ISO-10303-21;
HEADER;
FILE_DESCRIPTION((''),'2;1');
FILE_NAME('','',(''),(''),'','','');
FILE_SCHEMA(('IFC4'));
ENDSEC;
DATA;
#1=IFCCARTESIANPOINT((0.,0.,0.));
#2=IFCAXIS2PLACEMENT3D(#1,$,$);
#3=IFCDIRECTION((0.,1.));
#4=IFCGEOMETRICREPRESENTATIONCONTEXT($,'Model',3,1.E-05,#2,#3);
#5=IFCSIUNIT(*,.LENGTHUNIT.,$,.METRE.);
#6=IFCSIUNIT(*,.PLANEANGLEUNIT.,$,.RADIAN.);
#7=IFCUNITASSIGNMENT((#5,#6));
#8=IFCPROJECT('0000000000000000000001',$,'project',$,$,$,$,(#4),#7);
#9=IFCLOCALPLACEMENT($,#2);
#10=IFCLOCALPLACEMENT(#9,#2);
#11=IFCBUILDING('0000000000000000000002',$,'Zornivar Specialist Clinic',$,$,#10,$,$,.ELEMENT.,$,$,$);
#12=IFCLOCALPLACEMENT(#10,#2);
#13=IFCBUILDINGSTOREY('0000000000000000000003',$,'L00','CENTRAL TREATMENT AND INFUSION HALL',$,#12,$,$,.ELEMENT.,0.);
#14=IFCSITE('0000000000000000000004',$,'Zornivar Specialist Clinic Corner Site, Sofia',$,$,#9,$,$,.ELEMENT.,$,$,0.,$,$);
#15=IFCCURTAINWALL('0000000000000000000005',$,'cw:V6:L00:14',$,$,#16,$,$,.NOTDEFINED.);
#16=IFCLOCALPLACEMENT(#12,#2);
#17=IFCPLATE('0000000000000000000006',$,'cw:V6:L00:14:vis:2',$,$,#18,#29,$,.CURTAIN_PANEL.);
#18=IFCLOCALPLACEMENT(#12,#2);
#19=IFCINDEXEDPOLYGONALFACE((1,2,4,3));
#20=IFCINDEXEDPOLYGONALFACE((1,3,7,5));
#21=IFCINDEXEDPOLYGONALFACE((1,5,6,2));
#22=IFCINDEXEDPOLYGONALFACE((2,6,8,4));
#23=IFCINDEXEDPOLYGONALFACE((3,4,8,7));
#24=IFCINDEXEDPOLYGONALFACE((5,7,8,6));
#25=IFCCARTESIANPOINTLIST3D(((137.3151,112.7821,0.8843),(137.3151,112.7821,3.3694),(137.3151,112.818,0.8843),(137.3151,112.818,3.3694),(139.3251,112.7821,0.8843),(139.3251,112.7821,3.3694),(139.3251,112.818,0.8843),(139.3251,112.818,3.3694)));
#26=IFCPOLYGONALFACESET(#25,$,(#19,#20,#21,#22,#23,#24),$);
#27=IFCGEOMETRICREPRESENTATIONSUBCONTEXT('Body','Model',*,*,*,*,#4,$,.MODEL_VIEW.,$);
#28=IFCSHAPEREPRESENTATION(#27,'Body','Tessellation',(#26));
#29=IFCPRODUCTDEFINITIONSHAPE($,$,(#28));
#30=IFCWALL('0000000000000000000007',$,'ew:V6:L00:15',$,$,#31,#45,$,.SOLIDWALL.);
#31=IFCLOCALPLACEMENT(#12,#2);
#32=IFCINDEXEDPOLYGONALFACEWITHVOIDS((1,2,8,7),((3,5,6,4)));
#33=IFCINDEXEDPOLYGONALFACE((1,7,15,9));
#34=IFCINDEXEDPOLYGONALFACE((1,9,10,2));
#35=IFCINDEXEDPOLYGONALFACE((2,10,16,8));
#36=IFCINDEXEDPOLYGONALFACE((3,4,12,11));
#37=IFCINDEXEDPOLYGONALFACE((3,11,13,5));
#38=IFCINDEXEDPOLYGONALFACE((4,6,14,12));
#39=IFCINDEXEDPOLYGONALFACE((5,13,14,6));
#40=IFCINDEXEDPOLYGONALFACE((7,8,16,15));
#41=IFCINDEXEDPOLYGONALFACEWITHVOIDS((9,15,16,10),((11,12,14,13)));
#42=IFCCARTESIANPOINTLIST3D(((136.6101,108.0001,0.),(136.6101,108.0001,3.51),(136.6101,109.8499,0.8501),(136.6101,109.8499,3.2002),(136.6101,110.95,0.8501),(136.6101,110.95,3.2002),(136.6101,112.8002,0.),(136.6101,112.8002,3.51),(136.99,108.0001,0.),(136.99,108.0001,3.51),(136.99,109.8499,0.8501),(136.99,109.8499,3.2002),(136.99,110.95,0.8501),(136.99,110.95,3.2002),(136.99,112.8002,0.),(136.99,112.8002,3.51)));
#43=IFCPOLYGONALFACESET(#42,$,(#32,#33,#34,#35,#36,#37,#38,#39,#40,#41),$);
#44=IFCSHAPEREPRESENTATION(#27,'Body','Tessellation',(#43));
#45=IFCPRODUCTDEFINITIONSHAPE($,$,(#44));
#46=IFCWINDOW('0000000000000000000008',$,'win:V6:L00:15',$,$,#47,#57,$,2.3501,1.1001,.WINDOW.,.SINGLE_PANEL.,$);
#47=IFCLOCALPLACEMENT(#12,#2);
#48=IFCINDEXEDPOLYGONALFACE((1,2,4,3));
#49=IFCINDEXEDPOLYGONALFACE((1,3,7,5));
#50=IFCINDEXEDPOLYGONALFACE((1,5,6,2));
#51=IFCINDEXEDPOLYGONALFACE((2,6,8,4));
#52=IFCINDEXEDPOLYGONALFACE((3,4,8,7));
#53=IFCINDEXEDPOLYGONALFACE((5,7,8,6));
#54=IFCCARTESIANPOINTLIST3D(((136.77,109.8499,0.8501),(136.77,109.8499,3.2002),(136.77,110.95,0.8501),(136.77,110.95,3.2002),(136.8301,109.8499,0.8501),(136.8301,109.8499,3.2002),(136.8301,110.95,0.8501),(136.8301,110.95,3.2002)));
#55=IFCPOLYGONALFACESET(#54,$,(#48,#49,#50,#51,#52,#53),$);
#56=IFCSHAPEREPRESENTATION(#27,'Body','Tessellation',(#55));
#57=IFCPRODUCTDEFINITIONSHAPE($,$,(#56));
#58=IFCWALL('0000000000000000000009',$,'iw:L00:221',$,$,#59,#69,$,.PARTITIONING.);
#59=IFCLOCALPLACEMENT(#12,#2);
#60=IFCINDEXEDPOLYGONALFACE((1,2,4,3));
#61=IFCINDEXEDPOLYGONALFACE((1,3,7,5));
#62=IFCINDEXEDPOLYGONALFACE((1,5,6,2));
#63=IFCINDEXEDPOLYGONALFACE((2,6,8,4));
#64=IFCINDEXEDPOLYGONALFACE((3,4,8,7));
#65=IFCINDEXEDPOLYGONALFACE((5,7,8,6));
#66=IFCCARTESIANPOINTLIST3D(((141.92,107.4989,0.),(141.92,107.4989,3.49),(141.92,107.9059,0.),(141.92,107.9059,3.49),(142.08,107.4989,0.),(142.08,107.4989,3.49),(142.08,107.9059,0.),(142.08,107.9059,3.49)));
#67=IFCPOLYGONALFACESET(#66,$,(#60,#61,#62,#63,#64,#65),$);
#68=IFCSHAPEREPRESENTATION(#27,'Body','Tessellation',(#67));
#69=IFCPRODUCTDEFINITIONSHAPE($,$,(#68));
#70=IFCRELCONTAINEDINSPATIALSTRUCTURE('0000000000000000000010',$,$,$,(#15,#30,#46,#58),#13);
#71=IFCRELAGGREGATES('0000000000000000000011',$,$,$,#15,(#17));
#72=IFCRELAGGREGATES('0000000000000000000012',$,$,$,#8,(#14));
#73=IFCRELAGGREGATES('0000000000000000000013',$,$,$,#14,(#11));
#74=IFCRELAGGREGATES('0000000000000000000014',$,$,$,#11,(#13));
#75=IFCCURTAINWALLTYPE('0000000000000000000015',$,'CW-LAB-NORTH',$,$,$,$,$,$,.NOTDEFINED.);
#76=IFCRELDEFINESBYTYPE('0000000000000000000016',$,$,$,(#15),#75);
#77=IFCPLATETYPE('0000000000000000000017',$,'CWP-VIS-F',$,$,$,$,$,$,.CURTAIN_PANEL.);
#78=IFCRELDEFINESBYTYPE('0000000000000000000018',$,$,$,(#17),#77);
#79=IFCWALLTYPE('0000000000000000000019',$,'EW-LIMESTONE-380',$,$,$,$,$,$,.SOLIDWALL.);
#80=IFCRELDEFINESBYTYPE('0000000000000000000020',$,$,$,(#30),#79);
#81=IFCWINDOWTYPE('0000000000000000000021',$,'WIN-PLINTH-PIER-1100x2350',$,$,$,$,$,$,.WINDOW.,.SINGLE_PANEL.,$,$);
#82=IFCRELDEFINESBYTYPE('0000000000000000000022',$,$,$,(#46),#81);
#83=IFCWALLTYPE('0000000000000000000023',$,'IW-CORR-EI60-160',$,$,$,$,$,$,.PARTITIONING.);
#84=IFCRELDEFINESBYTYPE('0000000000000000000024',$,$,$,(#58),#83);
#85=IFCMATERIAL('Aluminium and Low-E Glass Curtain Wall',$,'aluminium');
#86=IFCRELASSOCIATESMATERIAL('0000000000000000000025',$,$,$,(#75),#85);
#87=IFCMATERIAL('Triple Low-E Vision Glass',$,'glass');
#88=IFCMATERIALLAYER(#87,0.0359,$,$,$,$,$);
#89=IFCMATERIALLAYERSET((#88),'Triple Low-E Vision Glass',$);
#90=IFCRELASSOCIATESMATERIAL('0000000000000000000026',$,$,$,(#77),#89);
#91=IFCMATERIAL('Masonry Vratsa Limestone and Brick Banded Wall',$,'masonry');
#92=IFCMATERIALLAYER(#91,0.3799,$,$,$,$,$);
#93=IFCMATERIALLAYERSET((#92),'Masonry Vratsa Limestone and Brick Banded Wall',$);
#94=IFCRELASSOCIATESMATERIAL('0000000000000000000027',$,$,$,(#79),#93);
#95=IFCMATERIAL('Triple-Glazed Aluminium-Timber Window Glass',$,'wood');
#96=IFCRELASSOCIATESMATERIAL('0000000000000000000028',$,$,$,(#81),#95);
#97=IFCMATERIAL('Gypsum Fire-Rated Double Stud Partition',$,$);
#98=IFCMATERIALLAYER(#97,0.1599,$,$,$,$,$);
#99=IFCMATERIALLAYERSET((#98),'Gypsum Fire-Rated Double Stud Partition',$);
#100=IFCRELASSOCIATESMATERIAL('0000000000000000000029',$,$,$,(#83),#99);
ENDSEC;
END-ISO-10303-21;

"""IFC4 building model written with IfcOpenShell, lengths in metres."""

from ifc_helpers import new_model, si_unit, direction, frame, frame_2d, origin, origin_2d, place, context, subcontext, project, spatial, rectangle, extrude, material, layer, layer_set, type_object, element, fill, aggregate, save


model = new_model("IFC4")

# Units and contexts
model_context = context("Model", 3, precision=1e-05, world=origin(), true_north=direction((0.0, 1.0)))
body_context = subcontext(model_context, "Body", "Model", "MODEL_VIEW")
ifc_project = project(units=[si_unit("LENGTHUNIT", "METRE"), si_unit("PLANEANGLEUNIT", "RADIAN")], contexts=[model_context])

# Site, building, storey
site_placement = place(None, origin())
site = spatial("IfcSite", under=ifc_project, at=site_placement, Name="Zornivar Specialist Clinic Corner Site, Sofia", CompositionType="ELEMENT", RefElevation=0.0)
building_placement = place(site_placement, origin())
building = spatial("IfcBuilding", under=site, at=building_placement, Name="Zornivar Specialist Clinic", CompositionType="ELEMENT")
storey_placement = place(building_placement, origin())
storey = spatial("IfcBuildingStorey", under=building, at=storey_placement, Name="L00", Description="CENTRAL TREATMENT AND INFUSION HALL", CompositionType="ELEMENT", Elevation=0.0)

# Curtain wall
ifc_material_1 = material(Name="Aluminium and Low-E Glass Curtain Wall", Category="aluminium")
curtain_wall_type = type_object("IfcCurtainWallType", Name="CW-LAB-NORTH", PredefinedType="NOTDEFINED", material=ifc_material_1)
curtain_wall_1_placement = place(storey_placement, origin())
curtain_wall_1 = element("IfcCurtainWall", 1, at=curtain_wall_1_placement, inside=storey, type_object=curtain_wall_type, Name="cw:V6:L00:14", PredefinedType="NOTDEFINED")

# Plate
ifc_material_2 = material(Name="Triple Low-E Vision Glass", Category="glass")
ifc_layer_1 = layer(ifc_material_2, 0.0359)
ifc_layer_set_1 = layer_set([ifc_layer_1], Name="Triple Low-E Vision Glass")
plate_type_1 = type_object("IfcPlateType", Name="CWP-VIS-F", PredefinedType="CURTAIN_PANEL", material=ifc_layer_set_1)
plate_1_placement = place(storey_placement, frame((138.3201, 112.8, 0.8843), z_axis=(0.0, 0.0, 1.0), x_axis=(-1.0, 0.0, 0.0)))
plate_1 = element("IfcPlate", 2, at=plate_1_placement, type_object=plate_type_1, Name="cw:V6:L00:14:vis:2", PredefinedType="CURTAIN_PANEL", context=body_context, shape_type="SweptSolid", body=[
    extrude(rectangle(XDim=2.01, YDim=0.0359, at=origin_2d()), origin(), (0.0, 0.0, 1.0), 2.4851),
])
aggregate(curtain_wall_1, [plate_1])

# Wall, opening, window
ifc_material_3 = material(Name="Masonry Vratsa Limestone and Brick Banded Wall", Category="masonry")
ifc_layer_2 = layer(ifc_material_3, 0.3799)
ifc_layer_set_2 = layer_set([ifc_layer_2], Name="Masonry Vratsa Limestone and Brick Banded Wall")
wall_type_1 = type_object("IfcWallType", Name="EW-LIMESTONE-380", PredefinedType="SOLIDWALL", material=ifc_layer_set_2)
wall_1_placement = place(storey_placement, frame((136.8, 112.8, 0.0), z_axis=(0.0, 0.0, 1.0), x_axis=(0.0, -1.0, 0.0)))
wall_1 = element("IfcWall", 3, at=wall_1_placement, inside=storey, type_object=wall_type_1, Name="ew:V6:L00:15", PredefinedType="SOLIDWALL", context=body_context, shape_type="SweptSolid", body=[
    extrude(rectangle(XDim=4.8, YDim=0.3799, at=frame_2d((2.3999, 0.0))), origin(), (0.0, 0.0, 1.0), 3.51),
])
opening_placement = place(wall_1_placement, frame((1.8501, 0.0, 0.8501)))
opening = element("IfcOpeningElement", 4, at=opening_placement, cuts=wall_1, PredefinedType="OPENING", context=body_context, shape_type="SweptSolid", body=[
    extrude(rectangle(XDim=1.1001, YDim=2.3501, at=frame_2d((0.55, 1.175))), frame((0.0, 0.2, 0.0), z_axis=(0.0, -1.0, 0.0), x_axis=(1.0, 0.0, 0.0)), (0.0, 0.0, 1.0), 0.3999),
])
ifc_material_4 = material(Name="Triple-Glazed Aluminium-Timber Window Glass", Category="wood")
window_type = type_object("IfcWindowType", Name="WIN-PLINTH-PIER-1100x2350", PartitioningType="SINGLE_PANEL", PredefinedType="WINDOW", material=ifc_material_4)
window_placement = place(opening_placement, origin())
window = element("IfcWindow", 5, at=window_placement, inside=storey, type_object=window_type, Name="win:V6:L00:15", OverallHeight=2.3501, OverallWidth=1.1001, PartitioningType="SINGLE_PANEL", PredefinedType="WINDOW", context=body_context, shape_type="SweptSolid", body=[
    extrude(rectangle(XDim=1.1001, YDim=2.3501, at=frame_2d((0.55, 1.175))), frame((0.0, 0.03, 0.0), z_axis=(0.0, -1.0, 0.0), x_axis=(1.0, 0.0, 0.0)), (0.0, 0.0, 1.0), 0.0601),
])
fill(opening, window)

# Wall
ifc_material_5 = material(Name="Gypsum Fire-Rated Double Stud Partition")
ifc_layer_3 = layer(ifc_material_5, 0.1599)
ifc_layer_set_3 = layer_set([ifc_layer_3], Name="Gypsum Fire-Rated Double Stud Partition")
wall_type_2 = type_object("IfcWallType", Name="IW-CORR-EI60-160", PredefinedType="PARTITIONING", material=ifc_layer_set_3)
wall_2_placement = place(storey_placement, frame((142.0, 107.906, 0.0), z_axis=(0.0, 0.0, 1.0), x_axis=(0.0, -1.0, 0.0)))
element("IfcWall", 6, at=wall_2_placement, inside=storey, type_object=wall_type_2, Name="iw:L00:221", PredefinedType="PARTITIONING", context=body_context, shape_type="SweptSolid", body=[
    extrude(rectangle(XDim=0.407, YDim=0.1599, at=frame_2d((0.2036, 0.0))), origin(), (0.0, 0.0, 1.0), 3.49),
])

save(model, "model.ifc")
